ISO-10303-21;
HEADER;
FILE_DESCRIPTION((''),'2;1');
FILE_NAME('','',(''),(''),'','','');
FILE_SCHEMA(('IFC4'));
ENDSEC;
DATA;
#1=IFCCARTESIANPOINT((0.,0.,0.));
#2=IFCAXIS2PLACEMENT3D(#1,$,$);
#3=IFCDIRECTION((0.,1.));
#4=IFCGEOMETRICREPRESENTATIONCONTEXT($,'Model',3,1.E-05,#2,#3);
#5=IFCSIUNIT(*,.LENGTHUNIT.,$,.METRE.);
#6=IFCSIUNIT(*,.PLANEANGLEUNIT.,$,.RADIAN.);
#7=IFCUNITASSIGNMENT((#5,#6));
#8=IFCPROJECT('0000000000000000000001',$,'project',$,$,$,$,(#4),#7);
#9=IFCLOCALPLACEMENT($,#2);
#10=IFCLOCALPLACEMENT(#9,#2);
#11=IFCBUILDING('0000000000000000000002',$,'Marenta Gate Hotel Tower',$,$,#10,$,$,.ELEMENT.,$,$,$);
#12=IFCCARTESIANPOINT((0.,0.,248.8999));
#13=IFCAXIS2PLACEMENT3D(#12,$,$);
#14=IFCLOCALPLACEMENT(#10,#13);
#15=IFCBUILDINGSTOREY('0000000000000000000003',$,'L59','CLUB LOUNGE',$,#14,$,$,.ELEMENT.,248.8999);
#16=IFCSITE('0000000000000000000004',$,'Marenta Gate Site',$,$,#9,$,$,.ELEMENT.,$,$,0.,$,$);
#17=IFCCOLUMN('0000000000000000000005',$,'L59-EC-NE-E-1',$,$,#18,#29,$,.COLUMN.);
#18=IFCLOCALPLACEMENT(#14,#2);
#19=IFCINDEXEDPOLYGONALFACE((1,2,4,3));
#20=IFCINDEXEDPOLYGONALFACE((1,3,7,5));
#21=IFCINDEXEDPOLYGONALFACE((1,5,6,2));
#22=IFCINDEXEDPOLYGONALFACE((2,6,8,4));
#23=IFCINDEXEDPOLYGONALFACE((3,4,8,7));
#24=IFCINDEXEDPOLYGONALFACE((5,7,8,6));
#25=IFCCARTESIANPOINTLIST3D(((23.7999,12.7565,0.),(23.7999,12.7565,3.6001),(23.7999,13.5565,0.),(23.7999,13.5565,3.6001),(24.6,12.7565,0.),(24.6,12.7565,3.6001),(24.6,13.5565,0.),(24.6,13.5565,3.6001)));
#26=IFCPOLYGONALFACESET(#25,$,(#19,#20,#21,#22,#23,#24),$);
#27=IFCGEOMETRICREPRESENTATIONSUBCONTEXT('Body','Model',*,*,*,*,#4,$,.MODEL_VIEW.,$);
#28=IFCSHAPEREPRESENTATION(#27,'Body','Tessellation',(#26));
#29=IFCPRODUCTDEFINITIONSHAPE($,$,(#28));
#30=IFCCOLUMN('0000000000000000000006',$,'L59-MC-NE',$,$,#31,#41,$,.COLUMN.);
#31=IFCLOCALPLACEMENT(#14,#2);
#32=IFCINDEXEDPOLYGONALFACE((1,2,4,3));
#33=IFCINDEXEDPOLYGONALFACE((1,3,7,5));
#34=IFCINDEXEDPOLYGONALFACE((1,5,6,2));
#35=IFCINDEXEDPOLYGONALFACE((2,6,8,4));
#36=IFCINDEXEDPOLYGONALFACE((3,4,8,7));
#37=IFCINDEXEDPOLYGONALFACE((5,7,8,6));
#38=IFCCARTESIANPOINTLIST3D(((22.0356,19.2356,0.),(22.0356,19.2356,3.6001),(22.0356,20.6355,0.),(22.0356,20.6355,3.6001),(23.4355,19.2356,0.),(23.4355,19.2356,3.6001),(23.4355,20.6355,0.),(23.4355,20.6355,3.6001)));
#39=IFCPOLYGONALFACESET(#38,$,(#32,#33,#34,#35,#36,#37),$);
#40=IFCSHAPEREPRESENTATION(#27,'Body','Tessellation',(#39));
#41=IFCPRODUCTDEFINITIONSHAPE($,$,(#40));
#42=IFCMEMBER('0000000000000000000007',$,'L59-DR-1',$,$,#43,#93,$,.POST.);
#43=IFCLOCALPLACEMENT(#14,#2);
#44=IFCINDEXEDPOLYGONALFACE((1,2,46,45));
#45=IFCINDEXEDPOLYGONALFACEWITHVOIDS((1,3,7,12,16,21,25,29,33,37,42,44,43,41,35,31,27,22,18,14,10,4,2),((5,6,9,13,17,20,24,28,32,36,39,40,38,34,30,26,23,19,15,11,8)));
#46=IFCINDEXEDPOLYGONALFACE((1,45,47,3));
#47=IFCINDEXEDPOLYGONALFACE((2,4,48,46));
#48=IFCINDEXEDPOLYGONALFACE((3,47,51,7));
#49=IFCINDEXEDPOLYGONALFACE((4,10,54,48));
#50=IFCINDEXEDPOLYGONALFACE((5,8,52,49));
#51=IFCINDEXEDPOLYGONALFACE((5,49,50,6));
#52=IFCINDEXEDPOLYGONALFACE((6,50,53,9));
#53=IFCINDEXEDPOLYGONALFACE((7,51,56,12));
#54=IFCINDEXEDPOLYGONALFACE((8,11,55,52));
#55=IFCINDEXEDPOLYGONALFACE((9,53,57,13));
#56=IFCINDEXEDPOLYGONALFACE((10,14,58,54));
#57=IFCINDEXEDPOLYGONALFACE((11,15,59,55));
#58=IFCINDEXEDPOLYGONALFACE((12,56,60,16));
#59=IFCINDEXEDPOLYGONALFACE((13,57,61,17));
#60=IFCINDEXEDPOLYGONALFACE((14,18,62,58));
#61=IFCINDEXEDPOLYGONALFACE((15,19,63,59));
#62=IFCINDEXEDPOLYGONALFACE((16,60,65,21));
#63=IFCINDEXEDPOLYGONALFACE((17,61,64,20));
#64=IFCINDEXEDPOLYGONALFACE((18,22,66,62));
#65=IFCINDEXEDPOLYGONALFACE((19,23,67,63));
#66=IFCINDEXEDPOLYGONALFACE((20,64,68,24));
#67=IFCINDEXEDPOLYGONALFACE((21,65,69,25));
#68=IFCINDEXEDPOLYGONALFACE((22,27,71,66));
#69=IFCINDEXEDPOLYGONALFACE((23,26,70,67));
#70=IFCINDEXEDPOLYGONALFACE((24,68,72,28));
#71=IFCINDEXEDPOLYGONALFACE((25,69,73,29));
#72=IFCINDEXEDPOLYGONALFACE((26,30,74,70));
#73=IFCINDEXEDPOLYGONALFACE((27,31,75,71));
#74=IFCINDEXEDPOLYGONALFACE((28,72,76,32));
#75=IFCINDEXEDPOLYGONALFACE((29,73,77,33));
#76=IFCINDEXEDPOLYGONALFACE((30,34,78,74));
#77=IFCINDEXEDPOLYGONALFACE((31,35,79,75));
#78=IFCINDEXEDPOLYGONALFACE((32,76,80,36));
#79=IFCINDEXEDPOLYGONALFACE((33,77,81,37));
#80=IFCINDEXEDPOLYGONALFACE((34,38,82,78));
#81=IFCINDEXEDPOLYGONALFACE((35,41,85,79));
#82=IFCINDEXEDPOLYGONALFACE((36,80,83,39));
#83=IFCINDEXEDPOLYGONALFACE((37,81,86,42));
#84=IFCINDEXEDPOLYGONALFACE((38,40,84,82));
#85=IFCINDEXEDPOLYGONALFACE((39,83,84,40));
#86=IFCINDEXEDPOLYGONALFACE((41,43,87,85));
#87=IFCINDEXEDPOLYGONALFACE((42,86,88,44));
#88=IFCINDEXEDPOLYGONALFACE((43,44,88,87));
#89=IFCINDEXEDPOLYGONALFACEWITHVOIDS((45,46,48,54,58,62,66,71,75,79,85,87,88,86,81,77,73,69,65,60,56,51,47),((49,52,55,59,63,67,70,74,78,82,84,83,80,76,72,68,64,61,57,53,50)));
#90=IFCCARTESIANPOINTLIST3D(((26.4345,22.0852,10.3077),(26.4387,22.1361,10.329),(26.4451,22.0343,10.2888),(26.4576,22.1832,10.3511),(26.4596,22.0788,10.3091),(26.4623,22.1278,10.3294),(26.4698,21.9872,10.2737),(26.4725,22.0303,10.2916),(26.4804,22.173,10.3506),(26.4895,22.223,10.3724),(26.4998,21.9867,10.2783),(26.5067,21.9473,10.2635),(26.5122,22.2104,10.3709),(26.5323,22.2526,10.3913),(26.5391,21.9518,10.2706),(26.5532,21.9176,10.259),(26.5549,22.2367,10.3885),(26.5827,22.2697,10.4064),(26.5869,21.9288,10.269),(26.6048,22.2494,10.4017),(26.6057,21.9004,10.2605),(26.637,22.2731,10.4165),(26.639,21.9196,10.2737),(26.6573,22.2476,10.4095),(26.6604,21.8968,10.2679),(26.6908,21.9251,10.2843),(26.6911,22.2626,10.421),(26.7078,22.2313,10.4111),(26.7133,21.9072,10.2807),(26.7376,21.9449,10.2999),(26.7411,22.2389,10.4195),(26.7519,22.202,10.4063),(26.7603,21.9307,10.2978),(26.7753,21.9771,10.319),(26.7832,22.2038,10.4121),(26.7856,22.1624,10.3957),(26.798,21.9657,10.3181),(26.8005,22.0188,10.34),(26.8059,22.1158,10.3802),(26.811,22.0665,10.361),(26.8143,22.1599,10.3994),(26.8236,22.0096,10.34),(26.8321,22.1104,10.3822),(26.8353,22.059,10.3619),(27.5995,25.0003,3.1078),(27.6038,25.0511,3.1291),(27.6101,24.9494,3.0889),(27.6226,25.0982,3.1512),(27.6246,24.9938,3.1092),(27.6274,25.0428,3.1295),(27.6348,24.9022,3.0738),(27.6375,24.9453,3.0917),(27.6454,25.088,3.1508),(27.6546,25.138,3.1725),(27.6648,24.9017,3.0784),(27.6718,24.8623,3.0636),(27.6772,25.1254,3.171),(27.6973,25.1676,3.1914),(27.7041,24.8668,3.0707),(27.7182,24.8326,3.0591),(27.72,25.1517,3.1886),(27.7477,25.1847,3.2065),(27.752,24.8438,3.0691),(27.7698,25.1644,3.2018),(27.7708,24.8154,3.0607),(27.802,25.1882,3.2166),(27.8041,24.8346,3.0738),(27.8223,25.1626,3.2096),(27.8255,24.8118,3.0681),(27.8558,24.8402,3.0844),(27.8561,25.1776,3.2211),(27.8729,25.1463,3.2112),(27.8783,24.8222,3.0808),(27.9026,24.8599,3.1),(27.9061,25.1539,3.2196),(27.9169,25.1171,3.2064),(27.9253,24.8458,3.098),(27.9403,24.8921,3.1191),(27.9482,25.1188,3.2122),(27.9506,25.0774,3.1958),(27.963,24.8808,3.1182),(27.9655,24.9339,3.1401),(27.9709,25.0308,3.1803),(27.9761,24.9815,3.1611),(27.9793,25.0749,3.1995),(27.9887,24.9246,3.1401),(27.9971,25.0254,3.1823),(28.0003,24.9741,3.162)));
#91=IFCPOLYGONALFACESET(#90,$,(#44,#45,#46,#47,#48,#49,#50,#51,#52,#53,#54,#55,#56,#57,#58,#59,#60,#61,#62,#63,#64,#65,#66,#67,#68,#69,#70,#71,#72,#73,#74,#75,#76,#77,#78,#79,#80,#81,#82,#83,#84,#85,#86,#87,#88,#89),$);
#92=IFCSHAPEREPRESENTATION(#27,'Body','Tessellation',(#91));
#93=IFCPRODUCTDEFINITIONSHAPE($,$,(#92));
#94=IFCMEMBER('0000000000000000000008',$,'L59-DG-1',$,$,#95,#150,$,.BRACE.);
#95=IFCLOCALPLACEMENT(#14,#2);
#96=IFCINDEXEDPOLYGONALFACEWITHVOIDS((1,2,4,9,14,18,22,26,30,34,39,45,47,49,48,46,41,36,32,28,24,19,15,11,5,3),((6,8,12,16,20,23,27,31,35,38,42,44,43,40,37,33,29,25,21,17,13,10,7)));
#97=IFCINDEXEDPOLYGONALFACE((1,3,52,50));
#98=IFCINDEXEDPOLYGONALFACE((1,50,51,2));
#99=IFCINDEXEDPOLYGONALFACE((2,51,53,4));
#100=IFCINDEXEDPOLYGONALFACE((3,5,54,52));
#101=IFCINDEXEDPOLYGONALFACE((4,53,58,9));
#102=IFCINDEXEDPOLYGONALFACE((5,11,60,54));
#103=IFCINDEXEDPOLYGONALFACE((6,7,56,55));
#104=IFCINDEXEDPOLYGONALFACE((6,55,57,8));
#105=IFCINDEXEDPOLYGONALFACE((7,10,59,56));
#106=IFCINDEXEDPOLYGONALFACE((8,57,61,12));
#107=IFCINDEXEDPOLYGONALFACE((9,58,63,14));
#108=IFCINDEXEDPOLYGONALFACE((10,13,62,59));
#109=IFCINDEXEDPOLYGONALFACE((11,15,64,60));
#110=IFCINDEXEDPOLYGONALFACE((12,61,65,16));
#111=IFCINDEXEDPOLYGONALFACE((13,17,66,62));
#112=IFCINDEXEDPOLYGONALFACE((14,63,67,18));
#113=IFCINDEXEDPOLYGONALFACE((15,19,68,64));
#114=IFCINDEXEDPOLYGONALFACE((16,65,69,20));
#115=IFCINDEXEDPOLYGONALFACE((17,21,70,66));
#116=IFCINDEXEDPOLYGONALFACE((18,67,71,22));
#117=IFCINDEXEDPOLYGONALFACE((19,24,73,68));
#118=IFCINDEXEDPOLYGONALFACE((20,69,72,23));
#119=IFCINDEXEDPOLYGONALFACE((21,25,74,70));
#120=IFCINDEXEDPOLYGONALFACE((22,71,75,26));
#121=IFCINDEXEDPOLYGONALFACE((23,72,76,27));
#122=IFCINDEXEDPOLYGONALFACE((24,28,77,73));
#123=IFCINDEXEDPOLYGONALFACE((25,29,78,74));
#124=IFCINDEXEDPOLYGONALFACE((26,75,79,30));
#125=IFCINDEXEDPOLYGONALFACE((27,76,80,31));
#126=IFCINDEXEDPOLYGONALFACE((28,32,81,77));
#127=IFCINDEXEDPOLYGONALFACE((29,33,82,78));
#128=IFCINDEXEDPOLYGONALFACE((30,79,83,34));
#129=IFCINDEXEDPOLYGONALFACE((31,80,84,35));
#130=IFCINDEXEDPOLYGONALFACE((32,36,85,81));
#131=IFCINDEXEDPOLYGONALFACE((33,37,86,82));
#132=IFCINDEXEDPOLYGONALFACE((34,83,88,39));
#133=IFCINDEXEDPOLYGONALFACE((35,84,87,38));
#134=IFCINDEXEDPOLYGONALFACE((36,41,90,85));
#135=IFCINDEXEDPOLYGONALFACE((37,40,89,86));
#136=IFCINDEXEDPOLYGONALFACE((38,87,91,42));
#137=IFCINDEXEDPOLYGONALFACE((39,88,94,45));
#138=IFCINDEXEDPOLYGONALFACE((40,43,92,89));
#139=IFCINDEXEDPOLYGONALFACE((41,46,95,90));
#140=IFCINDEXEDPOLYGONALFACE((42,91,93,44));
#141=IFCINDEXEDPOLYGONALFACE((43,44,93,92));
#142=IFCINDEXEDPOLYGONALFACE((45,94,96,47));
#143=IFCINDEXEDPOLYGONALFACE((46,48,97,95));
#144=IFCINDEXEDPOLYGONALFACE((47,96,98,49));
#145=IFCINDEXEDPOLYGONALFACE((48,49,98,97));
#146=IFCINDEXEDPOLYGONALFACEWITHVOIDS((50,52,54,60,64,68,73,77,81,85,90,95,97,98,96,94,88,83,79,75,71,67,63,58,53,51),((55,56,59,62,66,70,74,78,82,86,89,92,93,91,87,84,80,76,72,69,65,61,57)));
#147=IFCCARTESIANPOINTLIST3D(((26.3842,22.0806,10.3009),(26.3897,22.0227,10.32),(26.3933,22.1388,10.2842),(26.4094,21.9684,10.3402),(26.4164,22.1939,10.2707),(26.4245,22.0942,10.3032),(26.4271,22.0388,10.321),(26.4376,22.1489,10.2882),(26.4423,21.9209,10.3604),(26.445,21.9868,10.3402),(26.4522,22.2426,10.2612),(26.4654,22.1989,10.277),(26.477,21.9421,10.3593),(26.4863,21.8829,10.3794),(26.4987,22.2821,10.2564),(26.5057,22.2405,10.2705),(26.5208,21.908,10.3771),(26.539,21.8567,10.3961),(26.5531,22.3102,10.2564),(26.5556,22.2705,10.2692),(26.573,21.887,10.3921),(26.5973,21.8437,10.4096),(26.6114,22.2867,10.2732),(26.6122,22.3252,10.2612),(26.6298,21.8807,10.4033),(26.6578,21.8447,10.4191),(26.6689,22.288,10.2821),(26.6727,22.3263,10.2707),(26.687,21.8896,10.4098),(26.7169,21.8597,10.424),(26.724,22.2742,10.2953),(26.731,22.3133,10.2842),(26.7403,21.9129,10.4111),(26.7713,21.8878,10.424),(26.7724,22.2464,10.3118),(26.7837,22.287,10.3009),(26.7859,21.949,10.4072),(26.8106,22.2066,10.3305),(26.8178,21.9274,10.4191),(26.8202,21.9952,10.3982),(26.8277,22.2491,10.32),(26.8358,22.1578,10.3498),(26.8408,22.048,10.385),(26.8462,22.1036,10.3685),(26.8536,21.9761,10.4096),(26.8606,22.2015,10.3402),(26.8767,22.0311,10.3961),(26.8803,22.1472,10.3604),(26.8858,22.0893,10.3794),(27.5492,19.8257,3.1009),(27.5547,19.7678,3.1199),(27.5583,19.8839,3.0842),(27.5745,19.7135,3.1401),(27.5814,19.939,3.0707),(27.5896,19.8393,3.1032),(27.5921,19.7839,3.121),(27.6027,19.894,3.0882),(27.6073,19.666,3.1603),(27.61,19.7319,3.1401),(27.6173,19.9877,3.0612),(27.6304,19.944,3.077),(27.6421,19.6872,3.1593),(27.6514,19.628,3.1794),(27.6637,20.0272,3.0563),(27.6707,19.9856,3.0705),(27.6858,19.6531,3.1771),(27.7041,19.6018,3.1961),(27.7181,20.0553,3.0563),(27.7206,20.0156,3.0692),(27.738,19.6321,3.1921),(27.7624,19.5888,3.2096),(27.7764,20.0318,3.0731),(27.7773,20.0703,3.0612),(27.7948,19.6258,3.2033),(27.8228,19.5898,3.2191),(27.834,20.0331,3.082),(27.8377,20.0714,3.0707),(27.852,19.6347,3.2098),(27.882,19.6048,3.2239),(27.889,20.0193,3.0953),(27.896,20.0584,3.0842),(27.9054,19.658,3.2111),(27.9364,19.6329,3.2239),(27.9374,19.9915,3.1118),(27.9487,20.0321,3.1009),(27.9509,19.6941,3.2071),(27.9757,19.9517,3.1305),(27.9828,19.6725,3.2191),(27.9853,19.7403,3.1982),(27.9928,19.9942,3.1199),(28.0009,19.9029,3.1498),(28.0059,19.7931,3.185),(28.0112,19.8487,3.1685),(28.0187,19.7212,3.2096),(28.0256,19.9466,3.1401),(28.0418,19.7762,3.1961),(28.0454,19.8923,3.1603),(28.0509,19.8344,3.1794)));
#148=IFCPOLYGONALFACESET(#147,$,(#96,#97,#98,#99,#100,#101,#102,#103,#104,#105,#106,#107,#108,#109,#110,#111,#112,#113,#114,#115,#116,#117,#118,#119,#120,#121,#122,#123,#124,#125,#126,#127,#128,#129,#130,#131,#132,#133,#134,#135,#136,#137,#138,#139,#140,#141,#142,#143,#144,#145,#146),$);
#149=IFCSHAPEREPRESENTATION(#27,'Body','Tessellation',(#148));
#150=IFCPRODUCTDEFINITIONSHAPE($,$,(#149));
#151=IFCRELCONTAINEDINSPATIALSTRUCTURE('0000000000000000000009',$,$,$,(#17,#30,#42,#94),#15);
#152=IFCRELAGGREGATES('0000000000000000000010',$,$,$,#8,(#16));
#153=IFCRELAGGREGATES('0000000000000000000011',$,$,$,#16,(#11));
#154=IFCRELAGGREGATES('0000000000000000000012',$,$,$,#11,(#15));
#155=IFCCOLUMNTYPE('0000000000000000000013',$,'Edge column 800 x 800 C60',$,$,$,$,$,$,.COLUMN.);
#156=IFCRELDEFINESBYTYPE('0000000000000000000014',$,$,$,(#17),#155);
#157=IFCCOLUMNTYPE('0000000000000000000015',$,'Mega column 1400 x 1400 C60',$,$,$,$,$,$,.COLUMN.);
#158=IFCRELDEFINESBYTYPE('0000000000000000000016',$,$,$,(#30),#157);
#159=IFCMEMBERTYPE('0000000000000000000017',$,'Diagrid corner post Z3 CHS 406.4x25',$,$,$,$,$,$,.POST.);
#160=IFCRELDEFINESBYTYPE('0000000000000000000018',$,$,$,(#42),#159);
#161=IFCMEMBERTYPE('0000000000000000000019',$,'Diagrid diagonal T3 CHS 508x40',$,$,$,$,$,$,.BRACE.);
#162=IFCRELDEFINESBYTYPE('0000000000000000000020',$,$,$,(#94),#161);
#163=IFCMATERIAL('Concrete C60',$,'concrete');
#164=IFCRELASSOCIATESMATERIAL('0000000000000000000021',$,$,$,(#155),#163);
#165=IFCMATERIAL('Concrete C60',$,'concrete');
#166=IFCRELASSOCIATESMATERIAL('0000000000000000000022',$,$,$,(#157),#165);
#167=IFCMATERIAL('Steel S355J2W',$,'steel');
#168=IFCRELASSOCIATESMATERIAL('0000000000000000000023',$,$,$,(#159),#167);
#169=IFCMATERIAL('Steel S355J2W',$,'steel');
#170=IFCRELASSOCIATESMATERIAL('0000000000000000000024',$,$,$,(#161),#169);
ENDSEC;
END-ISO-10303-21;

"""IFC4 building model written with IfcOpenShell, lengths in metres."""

from ifc_helpers import new_model, si_unit, direction, frame, origin, origin_2d, place, context, subcontext, project, spatial, rectangle, hollow_circle, extrude, material, material_profile, profile_set, type_object, element, save


model = new_model("IFC4")

# Units and contexts
model_context = context("Model", 3, precision=1e-05, world=origin(), true_north=direction((0.0, 1.0)))
body_context = subcontext(model_context, "Body", "Model", "MODEL_VIEW")
ifc_project = project(units=[si_unit("LENGTHUNIT", "METRE"), si_unit("PLANEANGLEUNIT", "RADIAN")], contexts=[model_context])

# Site, building, storey
site_placement = place(None, origin())
site = spatial("IfcSite", under=ifc_project, at=site_placement, Name="Marenta Gate Site", CompositionType="ELEMENT", RefElevation=0.0)
building_placement = place(site_placement, origin())
building = spatial("IfcBuilding", under=site, at=building_placement, Name="Marenta Gate Hotel Tower", CompositionType="ELEMENT")
storey_placement = place(building_placement, frame((0.0, 0.0, 248.8999)))
storey = spatial("IfcBuildingStorey", under=building, at=storey_placement, Name="L59", Description="CLUB LOUNGE", CompositionType="ELEMENT", Elevation=248.8999)

# Columns
ifc_material_1 = material(Name="Concrete C60", Category="concrete")
ifc_material_profile_1 = material_profile(ifc_material_1, rectangle(XDim=0.8, YDim=0.8, at=origin_2d()), Name="800 x 800")
ifc_profile_set_1 = profile_set([ifc_material_profile_1], Name="Concrete C60")
column_type_1 = type_object("IfcColumnType", Name="Edge column 800 x 800 C60", PredefinedType="COLUMN", material=ifc_profile_set_1)
column_1_placement = place(storey_placement, frame((24.2, 13.1565, 0.0), z_axis=(0.0, 0.0, 1.0), x_axis=(1.0, 0.0, 0.0)))
element("IfcColumn", 1, at=column_1_placement, inside=storey, type_object=column_type_1, Name="L59-EC-NE-E-1", PredefinedType="COLUMN", context=body_context, shape_type="SweptSolid", body=[
    extrude(rectangle(XDim=0.8, YDim=0.8, at=origin_2d()), origin(), (0.0, 0.0, 1.0), 3.6001),
])
ifc_material_2 = material(Name="Concrete C60", Category="concrete")
ifc_material_profile_2 = material_profile(ifc_material_2, rectangle(XDim=1.3999, YDim=1.3999, at=origin_2d()), Name="1400 x 1400")
ifc_profile_set_2 = profile_set([ifc_material_profile_2], Name="Concrete C60")
column_type_2 = type_object("IfcColumnType", Name="Mega column 1400 x 1400 C60", PredefinedType="COLUMN", material=ifc_profile_set_2)
column_2_placement = place(storey_placement, frame((22.7356, 19.9355, 0.0), z_axis=(0.0, 0.0, 1.0), x_axis=(1.0, 0.0, 0.0)))
element("IfcColumn", 2, at=column_2_placement, inside=storey, type_object=column_type_2, Name="L59-MC-NE", PredefinedType="COLUMN", context=body_context, shape_type="SweptSolid", body=[
    extrude(rectangle(XDim=1.3999, YDim=1.3999, at=origin_2d()), origin(), (0.0, 0.0, 1.0), 3.6001),
])

# Members
ifc_material_3 = material(Name="Steel S355J2W", Category="steel")
ifc_material_profile_3 = material_profile(ifc_material_3, hollow_circle(Radius=0.2031, WallThickness=0.0249, at=origin_2d()), Name="CHS 406.4x25")
ifc_profile_set_3 = profile_set([ifc_material_profile_3], Name="Steel S355J2W")
member_type_1 = type_object("IfcMemberType", Name="Diagrid corner post Z3 CHS 406.4x25", PredefinedType="POST", material=ifc_profile_set_3)
member_1_placement = place(storey_placement, frame((27.8, 25.0, 3.1401), z_axis=(-0.148327, -0.371127, 0.916659), x_axis=(0.928584, -0.371122, 0.0)))
element("IfcMember", 3, at=member_1_placement, inside=storey, type_object=member_type_1, Name="L59-DR-1", PredefinedType="POST", context=body_context, shape_type="SweptSolid", body=[
    extrude(hollow_circle(Radius=0.2031, WallThickness=0.0249, at=origin_2d()), origin(), (0.0, 0.0, 1.0), 7.8545),
])
ifc_material_4 = material(Name="Steel S355J2W", Category="steel")
ifc_material_profile_4 = material_profile(ifc_material_4, hollow_circle(Radius=0.2539, WallThickness=0.04, at=origin_2d()), Name="CHS 508x40")
ifc_profile_set_4 = profile_set([ifc_material_profile_4], Name="Steel S355J2W")
member_type_2 = type_object("IfcMemberType", Name="Diagrid diagonal T3 CHS 508x40", PredefinedType="BRACE", material=ifc_profile_set_4)
member_2_placement = place(storey_placement, frame((27.8, 19.8301, 3.1401), z_axis=(-0.152608, 0.295366, 0.943117), x_axis=(-0.888423, -0.459025, 0.0)))
element("IfcMember", 4, at=member_2_placement, inside=storey, type_object=member_type_2, Name="L59-DG-1", PredefinedType="BRACE", context=body_context, shape_type="SweptSolid", body=[
    extrude(hollow_circle(Radius=0.2539, WallThickness=0.04, at=origin_2d()), origin(), (0.0, 0.0, 1.0), 7.6343),
])

save(model, "model.ifc")
